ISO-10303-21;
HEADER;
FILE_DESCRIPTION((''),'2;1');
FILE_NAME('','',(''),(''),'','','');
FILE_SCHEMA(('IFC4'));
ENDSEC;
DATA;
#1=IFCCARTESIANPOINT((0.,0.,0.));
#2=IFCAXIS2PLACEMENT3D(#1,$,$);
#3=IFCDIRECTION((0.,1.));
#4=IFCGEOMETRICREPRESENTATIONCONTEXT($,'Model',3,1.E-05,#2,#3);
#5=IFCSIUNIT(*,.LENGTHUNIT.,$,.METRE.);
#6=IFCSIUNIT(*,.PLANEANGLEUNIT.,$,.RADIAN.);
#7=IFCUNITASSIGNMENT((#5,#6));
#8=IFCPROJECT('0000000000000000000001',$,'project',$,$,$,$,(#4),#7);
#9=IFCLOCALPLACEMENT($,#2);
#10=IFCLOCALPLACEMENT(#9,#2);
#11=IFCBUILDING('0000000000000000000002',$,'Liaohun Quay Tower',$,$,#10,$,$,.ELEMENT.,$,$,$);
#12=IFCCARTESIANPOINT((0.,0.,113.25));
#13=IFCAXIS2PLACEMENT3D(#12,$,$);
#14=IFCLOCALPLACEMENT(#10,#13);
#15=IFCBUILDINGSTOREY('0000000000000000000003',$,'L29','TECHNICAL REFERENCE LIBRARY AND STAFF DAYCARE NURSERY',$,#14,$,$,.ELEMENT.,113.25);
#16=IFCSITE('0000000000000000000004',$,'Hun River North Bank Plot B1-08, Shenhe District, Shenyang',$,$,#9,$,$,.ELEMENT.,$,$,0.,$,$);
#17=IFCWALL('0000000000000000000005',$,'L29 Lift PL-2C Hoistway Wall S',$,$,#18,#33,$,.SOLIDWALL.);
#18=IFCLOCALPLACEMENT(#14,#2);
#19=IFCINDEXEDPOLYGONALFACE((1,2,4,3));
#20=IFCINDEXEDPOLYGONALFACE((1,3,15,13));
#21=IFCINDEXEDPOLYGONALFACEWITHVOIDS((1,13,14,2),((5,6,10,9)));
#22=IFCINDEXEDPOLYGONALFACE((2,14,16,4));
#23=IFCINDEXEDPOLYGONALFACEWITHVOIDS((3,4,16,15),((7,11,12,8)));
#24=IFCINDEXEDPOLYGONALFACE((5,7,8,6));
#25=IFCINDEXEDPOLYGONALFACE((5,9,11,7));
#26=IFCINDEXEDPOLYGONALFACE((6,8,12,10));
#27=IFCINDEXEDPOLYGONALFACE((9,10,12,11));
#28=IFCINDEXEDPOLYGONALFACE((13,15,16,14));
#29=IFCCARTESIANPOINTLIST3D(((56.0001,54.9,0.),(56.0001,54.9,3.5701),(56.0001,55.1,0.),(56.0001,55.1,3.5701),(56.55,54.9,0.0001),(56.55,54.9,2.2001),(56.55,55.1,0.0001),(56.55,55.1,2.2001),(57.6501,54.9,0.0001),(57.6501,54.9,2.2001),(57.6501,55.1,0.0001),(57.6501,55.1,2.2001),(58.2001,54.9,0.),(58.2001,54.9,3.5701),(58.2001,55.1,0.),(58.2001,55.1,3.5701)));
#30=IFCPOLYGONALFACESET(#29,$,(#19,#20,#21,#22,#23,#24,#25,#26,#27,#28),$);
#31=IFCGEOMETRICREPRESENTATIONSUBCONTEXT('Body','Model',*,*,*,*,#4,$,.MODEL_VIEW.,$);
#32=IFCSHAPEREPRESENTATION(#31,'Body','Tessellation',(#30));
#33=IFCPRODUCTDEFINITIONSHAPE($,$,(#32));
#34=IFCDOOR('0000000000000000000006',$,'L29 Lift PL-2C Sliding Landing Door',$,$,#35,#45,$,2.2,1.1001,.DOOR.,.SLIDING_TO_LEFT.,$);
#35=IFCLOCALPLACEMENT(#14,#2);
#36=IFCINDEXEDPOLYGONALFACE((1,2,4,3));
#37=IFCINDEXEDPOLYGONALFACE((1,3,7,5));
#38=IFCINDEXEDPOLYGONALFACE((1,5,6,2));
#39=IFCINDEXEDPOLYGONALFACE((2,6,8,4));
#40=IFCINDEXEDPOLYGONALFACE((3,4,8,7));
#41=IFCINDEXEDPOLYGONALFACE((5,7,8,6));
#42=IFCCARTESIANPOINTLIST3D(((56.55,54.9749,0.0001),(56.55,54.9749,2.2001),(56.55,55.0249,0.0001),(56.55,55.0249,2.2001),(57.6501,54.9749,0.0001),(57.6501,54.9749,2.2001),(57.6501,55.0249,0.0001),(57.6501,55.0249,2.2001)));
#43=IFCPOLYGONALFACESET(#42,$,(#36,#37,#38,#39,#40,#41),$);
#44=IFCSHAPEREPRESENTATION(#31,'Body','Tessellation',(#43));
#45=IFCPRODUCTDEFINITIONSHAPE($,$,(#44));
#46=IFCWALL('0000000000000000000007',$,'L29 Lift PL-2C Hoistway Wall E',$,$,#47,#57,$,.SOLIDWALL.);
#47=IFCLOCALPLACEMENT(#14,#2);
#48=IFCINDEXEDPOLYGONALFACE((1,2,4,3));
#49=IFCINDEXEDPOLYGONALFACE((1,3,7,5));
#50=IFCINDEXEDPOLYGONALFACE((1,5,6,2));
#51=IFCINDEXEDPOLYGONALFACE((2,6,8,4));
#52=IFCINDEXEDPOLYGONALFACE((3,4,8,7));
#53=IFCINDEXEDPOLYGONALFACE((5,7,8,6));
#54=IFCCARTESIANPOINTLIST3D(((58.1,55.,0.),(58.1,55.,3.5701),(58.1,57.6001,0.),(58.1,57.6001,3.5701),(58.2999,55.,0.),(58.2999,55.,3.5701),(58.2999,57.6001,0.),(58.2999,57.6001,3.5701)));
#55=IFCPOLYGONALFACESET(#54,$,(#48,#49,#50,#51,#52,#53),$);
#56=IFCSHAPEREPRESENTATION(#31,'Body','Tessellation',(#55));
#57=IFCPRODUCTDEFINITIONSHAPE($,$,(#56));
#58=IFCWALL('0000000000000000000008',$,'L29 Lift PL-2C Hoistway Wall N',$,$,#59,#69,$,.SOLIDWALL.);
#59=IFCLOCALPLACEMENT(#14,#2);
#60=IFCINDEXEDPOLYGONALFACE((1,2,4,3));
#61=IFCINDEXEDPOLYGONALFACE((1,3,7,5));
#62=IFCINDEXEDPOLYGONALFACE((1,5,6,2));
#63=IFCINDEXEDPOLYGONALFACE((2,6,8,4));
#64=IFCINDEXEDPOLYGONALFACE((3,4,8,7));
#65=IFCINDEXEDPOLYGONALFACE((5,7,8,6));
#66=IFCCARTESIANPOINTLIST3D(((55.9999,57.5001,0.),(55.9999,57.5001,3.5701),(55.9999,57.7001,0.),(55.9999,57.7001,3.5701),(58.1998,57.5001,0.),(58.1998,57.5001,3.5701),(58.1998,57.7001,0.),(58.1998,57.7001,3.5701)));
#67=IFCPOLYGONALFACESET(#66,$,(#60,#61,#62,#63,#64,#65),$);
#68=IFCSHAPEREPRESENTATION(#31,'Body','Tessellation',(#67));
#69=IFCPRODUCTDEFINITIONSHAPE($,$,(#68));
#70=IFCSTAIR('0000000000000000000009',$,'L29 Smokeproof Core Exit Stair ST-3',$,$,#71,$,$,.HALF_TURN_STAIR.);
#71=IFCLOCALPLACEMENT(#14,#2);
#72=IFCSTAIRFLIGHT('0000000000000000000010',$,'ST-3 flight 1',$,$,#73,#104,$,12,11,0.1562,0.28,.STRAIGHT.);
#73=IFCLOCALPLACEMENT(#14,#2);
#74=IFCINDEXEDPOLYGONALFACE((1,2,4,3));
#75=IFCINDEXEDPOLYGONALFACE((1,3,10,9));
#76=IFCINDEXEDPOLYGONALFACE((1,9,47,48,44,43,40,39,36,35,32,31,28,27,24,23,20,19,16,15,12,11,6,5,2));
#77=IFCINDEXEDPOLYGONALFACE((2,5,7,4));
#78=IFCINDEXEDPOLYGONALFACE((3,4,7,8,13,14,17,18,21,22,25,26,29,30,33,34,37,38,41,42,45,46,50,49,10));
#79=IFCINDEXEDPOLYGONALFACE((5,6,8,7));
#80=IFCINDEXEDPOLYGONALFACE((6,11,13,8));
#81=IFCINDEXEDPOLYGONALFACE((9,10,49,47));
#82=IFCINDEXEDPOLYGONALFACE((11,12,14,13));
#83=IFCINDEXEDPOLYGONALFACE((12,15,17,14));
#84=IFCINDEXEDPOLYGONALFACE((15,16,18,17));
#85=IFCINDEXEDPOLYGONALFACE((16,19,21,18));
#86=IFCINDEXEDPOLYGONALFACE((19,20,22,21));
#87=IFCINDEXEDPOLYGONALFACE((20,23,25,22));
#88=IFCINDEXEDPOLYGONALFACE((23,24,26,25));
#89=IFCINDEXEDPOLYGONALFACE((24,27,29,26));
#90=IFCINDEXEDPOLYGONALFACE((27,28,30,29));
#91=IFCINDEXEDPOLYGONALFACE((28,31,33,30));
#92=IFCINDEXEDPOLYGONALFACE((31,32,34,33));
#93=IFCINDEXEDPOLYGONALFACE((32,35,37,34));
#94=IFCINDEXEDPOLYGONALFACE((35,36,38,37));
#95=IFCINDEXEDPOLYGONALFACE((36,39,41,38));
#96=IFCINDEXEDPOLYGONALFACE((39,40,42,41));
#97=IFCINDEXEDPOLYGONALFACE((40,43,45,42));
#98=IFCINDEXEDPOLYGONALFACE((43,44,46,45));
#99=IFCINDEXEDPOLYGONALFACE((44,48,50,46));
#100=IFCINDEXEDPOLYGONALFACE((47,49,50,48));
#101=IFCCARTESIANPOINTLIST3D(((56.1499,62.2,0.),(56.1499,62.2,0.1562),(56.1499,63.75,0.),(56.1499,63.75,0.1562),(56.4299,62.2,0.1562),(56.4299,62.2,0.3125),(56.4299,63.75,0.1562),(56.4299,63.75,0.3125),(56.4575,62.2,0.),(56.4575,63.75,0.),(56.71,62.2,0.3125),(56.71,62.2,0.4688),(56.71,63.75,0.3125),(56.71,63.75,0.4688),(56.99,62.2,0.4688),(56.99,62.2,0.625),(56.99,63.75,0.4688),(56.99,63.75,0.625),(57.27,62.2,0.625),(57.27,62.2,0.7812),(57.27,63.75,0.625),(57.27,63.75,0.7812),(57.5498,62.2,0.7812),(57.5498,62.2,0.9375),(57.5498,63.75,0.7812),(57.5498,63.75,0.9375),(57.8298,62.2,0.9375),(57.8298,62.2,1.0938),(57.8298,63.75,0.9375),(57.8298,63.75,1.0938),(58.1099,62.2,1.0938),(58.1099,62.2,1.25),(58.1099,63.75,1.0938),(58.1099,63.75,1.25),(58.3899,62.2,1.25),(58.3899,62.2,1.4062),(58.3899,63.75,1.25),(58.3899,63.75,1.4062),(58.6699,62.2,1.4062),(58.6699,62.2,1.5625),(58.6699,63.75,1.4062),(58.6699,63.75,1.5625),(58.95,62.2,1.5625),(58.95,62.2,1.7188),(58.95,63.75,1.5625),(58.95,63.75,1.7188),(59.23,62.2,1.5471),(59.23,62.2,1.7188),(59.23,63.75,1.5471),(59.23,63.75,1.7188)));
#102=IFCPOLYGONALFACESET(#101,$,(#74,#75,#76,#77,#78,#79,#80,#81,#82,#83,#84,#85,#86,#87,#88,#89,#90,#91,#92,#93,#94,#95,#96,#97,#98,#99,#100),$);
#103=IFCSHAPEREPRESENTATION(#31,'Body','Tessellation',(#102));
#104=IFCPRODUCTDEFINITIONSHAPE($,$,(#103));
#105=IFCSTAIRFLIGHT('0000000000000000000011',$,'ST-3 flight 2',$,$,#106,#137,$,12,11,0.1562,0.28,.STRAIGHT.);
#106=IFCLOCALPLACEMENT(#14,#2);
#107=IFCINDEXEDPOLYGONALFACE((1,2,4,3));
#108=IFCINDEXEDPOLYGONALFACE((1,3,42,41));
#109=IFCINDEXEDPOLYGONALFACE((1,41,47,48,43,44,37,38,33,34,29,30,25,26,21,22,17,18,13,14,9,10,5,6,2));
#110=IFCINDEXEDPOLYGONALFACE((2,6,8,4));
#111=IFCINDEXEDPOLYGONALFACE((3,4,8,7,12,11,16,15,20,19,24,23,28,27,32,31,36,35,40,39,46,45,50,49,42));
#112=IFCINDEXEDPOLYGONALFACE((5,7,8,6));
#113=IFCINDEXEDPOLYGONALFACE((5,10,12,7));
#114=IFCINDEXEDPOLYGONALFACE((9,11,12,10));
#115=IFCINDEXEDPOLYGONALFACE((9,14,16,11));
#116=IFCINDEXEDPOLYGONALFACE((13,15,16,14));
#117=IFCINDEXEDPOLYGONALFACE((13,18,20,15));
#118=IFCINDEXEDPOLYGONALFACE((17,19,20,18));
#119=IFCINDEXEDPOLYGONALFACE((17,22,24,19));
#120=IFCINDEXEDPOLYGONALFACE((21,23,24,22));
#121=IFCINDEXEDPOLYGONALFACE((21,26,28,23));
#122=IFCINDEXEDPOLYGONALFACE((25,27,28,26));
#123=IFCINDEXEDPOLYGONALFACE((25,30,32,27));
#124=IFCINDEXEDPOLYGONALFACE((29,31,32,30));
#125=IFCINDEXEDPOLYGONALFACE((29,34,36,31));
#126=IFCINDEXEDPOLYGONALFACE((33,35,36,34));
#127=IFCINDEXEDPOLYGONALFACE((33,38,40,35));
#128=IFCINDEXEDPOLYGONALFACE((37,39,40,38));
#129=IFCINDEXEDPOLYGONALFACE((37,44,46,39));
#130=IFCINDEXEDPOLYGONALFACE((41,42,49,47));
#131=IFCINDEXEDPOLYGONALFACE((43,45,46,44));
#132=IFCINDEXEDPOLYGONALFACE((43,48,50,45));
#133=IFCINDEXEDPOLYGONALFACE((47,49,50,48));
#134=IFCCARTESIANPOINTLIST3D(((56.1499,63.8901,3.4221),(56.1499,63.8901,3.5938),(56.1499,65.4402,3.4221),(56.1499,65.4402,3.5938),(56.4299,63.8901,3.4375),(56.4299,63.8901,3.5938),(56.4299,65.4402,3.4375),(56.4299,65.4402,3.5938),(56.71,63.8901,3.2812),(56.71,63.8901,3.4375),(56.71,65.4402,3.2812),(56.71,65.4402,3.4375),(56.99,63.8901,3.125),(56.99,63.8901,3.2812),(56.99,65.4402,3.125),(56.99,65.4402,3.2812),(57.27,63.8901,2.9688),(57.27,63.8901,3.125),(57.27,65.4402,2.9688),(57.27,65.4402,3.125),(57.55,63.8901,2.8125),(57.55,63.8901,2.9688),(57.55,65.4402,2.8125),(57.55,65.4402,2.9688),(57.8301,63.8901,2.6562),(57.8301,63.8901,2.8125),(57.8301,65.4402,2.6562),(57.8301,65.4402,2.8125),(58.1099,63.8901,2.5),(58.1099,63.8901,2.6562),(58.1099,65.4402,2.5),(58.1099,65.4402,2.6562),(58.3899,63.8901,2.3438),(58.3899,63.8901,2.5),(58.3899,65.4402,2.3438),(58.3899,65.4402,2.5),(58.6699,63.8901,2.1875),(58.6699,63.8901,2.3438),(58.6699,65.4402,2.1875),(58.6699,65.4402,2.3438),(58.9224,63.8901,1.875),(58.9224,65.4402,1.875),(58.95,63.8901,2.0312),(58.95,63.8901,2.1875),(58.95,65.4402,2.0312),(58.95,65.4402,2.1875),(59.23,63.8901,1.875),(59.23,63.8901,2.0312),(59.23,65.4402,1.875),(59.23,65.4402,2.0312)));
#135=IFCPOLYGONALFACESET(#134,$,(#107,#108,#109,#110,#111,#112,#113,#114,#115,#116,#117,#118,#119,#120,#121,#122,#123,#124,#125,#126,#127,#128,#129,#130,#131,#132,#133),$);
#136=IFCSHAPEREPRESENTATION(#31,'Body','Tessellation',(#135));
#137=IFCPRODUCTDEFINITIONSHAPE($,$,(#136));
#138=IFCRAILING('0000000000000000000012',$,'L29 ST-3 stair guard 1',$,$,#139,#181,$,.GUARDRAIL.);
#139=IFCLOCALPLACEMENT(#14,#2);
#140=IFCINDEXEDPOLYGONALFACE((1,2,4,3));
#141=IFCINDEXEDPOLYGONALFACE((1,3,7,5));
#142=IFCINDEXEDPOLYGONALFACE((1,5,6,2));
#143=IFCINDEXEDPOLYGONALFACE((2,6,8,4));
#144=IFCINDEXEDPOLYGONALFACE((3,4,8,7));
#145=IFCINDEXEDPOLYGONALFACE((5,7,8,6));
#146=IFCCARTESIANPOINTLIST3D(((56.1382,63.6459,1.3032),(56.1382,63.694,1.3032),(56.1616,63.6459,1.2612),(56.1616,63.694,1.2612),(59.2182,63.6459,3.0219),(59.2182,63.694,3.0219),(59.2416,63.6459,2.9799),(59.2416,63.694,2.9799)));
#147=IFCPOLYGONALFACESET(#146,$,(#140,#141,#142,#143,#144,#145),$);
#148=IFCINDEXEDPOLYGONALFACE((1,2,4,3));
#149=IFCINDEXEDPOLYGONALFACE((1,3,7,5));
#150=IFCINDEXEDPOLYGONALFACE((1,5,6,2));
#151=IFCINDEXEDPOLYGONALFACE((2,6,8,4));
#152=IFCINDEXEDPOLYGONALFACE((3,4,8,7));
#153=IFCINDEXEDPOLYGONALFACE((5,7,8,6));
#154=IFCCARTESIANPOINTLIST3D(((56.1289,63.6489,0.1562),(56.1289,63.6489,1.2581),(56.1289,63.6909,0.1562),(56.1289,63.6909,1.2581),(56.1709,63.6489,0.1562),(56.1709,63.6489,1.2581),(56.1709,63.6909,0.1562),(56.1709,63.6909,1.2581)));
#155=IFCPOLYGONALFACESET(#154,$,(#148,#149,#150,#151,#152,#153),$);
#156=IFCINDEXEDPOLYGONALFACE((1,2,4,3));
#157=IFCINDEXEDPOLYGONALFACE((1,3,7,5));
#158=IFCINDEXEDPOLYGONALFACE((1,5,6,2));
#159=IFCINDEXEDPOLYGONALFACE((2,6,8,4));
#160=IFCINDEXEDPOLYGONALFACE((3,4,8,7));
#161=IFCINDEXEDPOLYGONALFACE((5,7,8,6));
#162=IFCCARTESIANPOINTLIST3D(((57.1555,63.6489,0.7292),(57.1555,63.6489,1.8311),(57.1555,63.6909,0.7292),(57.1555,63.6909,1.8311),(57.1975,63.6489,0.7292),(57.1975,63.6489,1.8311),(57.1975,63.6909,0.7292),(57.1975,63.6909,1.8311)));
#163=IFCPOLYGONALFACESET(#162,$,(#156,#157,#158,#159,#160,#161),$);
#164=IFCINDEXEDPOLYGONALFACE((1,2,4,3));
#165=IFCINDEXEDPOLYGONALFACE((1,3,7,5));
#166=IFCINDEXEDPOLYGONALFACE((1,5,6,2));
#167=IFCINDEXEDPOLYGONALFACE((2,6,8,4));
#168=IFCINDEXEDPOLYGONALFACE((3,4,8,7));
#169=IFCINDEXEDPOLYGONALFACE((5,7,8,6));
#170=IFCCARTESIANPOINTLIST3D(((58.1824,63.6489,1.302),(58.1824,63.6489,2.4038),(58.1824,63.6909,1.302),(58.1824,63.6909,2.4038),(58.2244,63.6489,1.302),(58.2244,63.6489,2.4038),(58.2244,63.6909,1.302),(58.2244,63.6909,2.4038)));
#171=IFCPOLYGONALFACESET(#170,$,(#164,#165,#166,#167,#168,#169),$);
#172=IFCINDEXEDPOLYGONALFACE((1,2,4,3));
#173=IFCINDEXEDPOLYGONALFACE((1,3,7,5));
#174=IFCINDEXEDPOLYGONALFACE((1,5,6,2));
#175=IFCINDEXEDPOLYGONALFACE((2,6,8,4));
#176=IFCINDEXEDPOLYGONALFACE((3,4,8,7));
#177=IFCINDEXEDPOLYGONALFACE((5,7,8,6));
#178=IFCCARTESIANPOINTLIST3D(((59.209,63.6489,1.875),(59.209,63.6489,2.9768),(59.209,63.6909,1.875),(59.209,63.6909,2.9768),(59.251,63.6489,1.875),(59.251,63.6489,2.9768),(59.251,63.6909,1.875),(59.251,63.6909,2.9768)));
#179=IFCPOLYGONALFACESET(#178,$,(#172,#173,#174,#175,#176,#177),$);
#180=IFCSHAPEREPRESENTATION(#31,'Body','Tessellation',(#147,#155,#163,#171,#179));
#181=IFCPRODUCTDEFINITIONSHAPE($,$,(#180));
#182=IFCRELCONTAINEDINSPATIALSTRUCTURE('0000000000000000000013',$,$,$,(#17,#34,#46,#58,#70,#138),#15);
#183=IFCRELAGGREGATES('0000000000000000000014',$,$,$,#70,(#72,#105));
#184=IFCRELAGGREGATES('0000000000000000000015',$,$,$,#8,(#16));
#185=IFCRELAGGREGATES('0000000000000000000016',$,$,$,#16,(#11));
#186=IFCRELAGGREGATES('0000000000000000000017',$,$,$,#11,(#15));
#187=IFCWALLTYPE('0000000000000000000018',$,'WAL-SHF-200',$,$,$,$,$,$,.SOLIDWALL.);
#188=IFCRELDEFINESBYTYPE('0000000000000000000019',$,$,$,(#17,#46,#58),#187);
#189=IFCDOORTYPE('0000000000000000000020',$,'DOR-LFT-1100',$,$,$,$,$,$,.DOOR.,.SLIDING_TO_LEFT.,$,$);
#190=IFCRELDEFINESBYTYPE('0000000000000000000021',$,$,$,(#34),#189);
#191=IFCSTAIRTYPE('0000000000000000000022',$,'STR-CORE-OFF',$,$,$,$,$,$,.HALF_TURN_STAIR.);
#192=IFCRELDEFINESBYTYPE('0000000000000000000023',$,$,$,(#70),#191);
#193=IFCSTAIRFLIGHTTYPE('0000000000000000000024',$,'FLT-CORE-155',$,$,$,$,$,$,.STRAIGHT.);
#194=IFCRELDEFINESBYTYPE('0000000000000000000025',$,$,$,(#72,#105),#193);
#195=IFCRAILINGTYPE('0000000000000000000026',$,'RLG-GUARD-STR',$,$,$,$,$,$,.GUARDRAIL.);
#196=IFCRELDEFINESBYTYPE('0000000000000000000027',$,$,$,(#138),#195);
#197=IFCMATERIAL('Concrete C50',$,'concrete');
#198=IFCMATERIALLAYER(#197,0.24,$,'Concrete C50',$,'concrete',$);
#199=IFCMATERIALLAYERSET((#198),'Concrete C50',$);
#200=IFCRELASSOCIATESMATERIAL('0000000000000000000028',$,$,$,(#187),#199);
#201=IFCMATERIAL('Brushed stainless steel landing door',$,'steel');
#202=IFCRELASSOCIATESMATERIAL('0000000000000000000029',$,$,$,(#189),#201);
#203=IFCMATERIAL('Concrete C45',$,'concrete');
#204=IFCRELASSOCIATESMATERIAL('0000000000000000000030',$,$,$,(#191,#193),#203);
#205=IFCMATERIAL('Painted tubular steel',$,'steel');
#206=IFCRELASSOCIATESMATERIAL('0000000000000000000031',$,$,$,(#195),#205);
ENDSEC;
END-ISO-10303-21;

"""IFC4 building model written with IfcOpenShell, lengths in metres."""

from ifc_helpers import new_model, si_unit, direction, frame, frame_2d, origin, origin_2d, place, context, subcontext, project, spatial, polyline, rectangle, outline, extrude, source, transform, mapped, material, layer, layer_set, type_object, element, fill, aggregate, save


model = new_model("IFC4")

# Units and contexts
model_context = context("Model", 3, precision=1e-05, world=origin(), true_north=direction((0.0, 1.0)))
body_context = subcontext(model_context, "Body", "Model", "MODEL_VIEW")
ifc_project = project(units=[si_unit("LENGTHUNIT", "METRE"), si_unit("PLANEANGLEUNIT", "RADIAN")], contexts=[model_context])

# Site, building, storey
site_placement = place(None, origin())
site = spatial("IfcSite", under=ifc_project, at=site_placement, Name="Hun River North Bank Plot B1-08, Shenhe District, Shenyang", CompositionType="ELEMENT", RefElevation=0.0)
building_placement = place(site_placement, origin())
building = spatial("IfcBuilding", under=site, at=building_placement, Name="Liaohun Quay Tower", CompositionType="ELEMENT")
storey_placement = place(building_placement, frame((0.0, 0.0, 113.25)))
storey = spatial("IfcBuildingStorey", under=building, at=storey_placement, Name="L29", Description="TECHNICAL REFERENCE LIBRARY AND STAFF DAYCARE NURSERY", CompositionType="ELEMENT", Elevation=113.25)

# Shared definitions
ifc_material_1 = material(Name="Concrete C50", Category="concrete")
ifc_layer_1 = layer(ifc_material_1, 0.24, Name="Concrete C50", Category="concrete")
ifc_layer_set_1 = layer_set([ifc_layer_1], Name="Concrete C50")
wall_type_1 = type_object("IfcWallType", Name="WAL-SHF-200", PredefinedType="SOLIDWALL", material=ifc_layer_set_1)

# Wall, opening, door
wall_1_placement = place(storey_placement, frame((56.0, 55.0, 0.0), z_axis=(0.0, 0.0, 1.0), x_axis=(1.0, 0.0, 0.0)))
wall_1 = element("IfcWall", 1, at=wall_1_placement, inside=storey, type_object=wall_type_1, Name="L29 Lift PL-2C Hoistway Wall S", PredefinedType="SOLIDWALL", context=body_context, shape_type="SweptSolid", body=[
    extrude(rectangle(XDim=2.2, YDim=0.2, at=frame_2d((1.1001, 0.0))), origin(), (0.0, 0.0, 1.0), 3.5701),
])
shared_shape_1 = source(origin(), body_context, "Body", "SweptSolid", [
    extrude(rectangle(XDim=1.1001, YDim=2.2, at=frame_2d((0.55, 1.1001))), frame((0.0, 0.1099, 0.0), z_axis=(0.0, -1.0, 0.0), x_axis=(1.0, 0.0, 0.0)), (0.0, 0.0, 1.0), 0.22),
])
opening_1_placement = place(wall_1_placement, frame((0.55, 0.0, 0.0)))
opening_1 = element("IfcOpeningElement", 2, at=opening_1_placement, cuts=wall_1, PredefinedType="OPENING", context=body_context, shape_type="MappedRepresentation", body=[
    mapped(shared_shape_1, transform((0.0, 0.0, 0.0), x_axis=(1.0, 0.0, 0.0), y_axis=(0.0, 1.0, 0.0), z_axis=(0.0, 0.0, 1.0), scale=1.0)),
])
ifc_material_2 = material(Name="Brushed stainless steel landing door", Category="steel")
door_type_1 = type_object("IfcDoorType", Name="DOR-LFT-1100", OperationType="SLIDING_TO_LEFT", PredefinedType="DOOR", material=ifc_material_2)
shared_shape_2 = source(origin(), body_context, "Body", "SweptSolid", [
    extrude(rectangle(XDim=1.1001, YDim=2.2, at=frame_2d((0.55, 1.1001))), frame((0.0, 0.0249, 0.0), z_axis=(0.0, -1.0, 0.0), x_axis=(1.0, 0.0, 0.0)), (0.0, 0.0, 1.0), 0.05),
])
door_1_placement = place(opening_1_placement, origin())
door_1 = element("IfcDoor", 3, at=door_1_placement, inside=storey, type_object=door_type_1, Name="L29 Lift PL-2C Sliding Landing Door", OperationType="SLIDING_TO_LEFT", OverallHeight=2.2, OverallWidth=1.1001, PredefinedType="DOOR", context=body_context, shape_type="MappedRepresentation", body=[
    mapped(shared_shape_2, transform((0.0, 0.0, 0.0), x_axis=(1.0, 0.0, 0.0), y_axis=(0.0, 1.0, 0.0), z_axis=(0.0, 0.0, 1.0), scale=1.0)),
])
fill(opening_1, door_1)

# Walls
wall_2_placement = place(storey_placement, frame((58.2, 55.0, 0.0), z_axis=(0.0, 0.0, 1.0), x_axis=(0.0, 1.0, 0.0)))
element("IfcWall", 4, at=wall_2_placement, inside=storey, type_object=wall_type_1, Name="L29 Lift PL-2C Hoistway Wall E", PredefinedType="SOLIDWALL", context=body_context, shape_type="SweptSolid", body=[
    extrude(rectangle(XDim=2.6001, YDim=0.2, at=frame_2d((1.3, 0.0))), origin(), (0.0, 0.0, 1.0), 3.5701),
])
wall_3_placement = place(storey_placement, frame((58.2, 57.6001, 0.0), z_axis=(0.0, 0.0, 1.0), x_axis=(-1.0, 0.0, 0.0)))
element("IfcWall", 5, at=wall_3_placement, inside=storey, type_object=wall_type_1, Name="L29 Lift PL-2C Hoistway Wall N", PredefinedType="SOLIDWALL", context=body_context, shape_type="SweptSolid", body=[
    extrude(rectangle(XDim=2.2, YDim=0.2, at=frame_2d((1.1001, 0.0))), origin(), (0.0, 0.0, 1.0), 3.5701),
])

# Stair, stair flights
ifc_material_3 = material(Name="Concrete C45", Category="concrete")
stair_type = type_object("IfcStairType", Name="STR-CORE-OFF", PredefinedType="HALF_TURN_STAIR", material=ifc_material_3)
stair_placement = place(storey_placement, origin())
stair = element("IfcStair", 6, at=stair_placement, inside=storey, type_object=stair_type, Name="L29 Smokeproof Core Exit Stair ST-3", PredefinedType="HALF_TURN_STAIR")
stair_flight_type = type_object("IfcStairFlightType", Name="FLT-CORE-155", PredefinedType="STRAIGHT", material=ifc_material_3)
stair_flight_1_placement = place(storey_placement, frame((56.1499, 62.9751, 0.0), z_axis=(0.0, 0.0, 1.0), x_axis=(1.0, 0.0, 0.0)))
stair_flight_1 = element("IfcStairFlight", 7, at=stair_flight_1_placement, type_object=stair_flight_type, Name="ST-3 flight 1", NumberOfRisers=12, NumberOfTreads=11, PredefinedType="STRAIGHT", RiserHeight=0.1562, TreadLength=0.28, context=body_context, shape_type="SweptSolid", body=[
    extrude(outline(polyline([(0.0, 0.0), (0.0, 0.1562), (0.28, 0.1562), (0.28, 0.3125), (0.5601, 0.3125), (0.5601, 0.4688), (0.8401, 0.4688), (0.8401, 0.625), (1.1201, 0.625), (1.1201, 0.7812), (1.3999, 0.7812), (1.3999, 0.9375), (1.6799, 0.9375), (1.6799, 1.0938), (1.96, 1.0938), (1.96, 1.25), (2.24, 1.25), (2.24, 1.4062), (2.52, 1.4062), (2.52, 1.5625), (2.8, 1.5625), (2.8, 1.7188), (3.0801, 1.7188), (3.0801, 1.875), (3.0801, 1.5471), (0.3076, 0.0), (0.0, 0.0)])), frame((0.0, 0.7749, 0.0), z_axis=(0.0, -1.0, 0.0), x_axis=(1.0, 0.0, 0.0)), (0.0, 0.0, 1.0), 1.55),
])
stair_flight_2_placement = place(storey_placement, frame((59.23, 64.665, 1.875), z_axis=(0.0, 0.0, 1.0), x_axis=(-1.0, 0.0, 0.0)))
stair_flight_2 = element("IfcStairFlight", 8, at=stair_flight_2_placement, type_object=stair_flight_type, Name="ST-3 flight 2", NumberOfRisers=12, NumberOfTreads=11, PredefinedType="STRAIGHT", RiserHeight=0.1562, TreadLength=0.28, context=body_context, shape_type="SweptSolid", body=[
    extrude(outline(polyline([(0.0, 0.0), (0.0, 0.1562), (0.28, 0.1562), (0.28, 0.3125), (0.5601, 0.3125), (0.5601, 0.4688), (0.8401, 0.4688), (0.8401, 0.625), (1.1201, 0.625), (1.1201, 0.7812), (1.3999, 0.7812), (1.3999, 0.9375), (1.6799, 0.9375), (1.6799, 1.0938), (1.96, 1.0938), (1.96, 1.25), (2.24, 1.25), (2.24, 1.4062), (2.52, 1.4062), (2.52, 1.5625), (2.8, 1.5625), (2.8, 1.7188), (3.0801, 1.7188), (3.0801, 1.875), (3.0801, 1.5471), (0.3076, 0.0), (0.0, 0.0)])), frame((0.0, 0.7749, 0.0), z_axis=(0.0, -1.0, 0.0), x_axis=(1.0, 0.0, 0.0)), (0.0, 0.0, 1.0), 1.55),
])
aggregate(stair, [stair_flight_1, stair_flight_2])

# Railing
ifc_material_4 = material(Name="Painted tubular steel", Category="steel")
railing_type_1 = type_object("IfcRailingType", Name="RLG-GUARD-STR", PredefinedType="GUARDRAIL", material=ifc_material_4)
railing_1_placement = place(storey_placement, frame((56.1499, 63.6699, 0.1562)))
element("IfcRailing", 9, at=railing_1_placement, inside=storey, type_object=railing_type_1, Name="L29 ST-3 stair guard 1", PredefinedType="GUARDRAIL", context=body_context, shape_type="SweptSolid", body=[
    extrude(rectangle(XDim=0.0481, YDim=0.0481, at=origin_2d()), frame((0.0, 0.0, 1.126), z_axis=(0.873242, 0.0, 0.487288), x_axis=(0.0, 1.0, 0.0)), (0.0, 0.0, 1.0), 3.5271),
    extrude(rectangle(XDim=0.042, YDim=0.042, at=origin_2d()), origin(), (0.0, 0.0, 1.0), 1.1018),
    extrude(rectangle(XDim=0.042, YDim=0.042, at=origin_2d()), frame((1.0266, 0.0, 0.573)), (0.0, 0.0, 1.0), 1.1018),
    extrude(rectangle(XDim=0.042, YDim=0.042, at=origin_2d()), frame((2.0535, 0.0, 1.1458)), (0.0, 0.0, 1.0), 1.1018),
    extrude(rectangle(XDim=0.042, YDim=0.042, at=origin_2d()), frame((3.0801, 0.0, 1.7188)), (0.0, 0.0, 1.0), 1.1018),
])

save(model, "model.ifc")
